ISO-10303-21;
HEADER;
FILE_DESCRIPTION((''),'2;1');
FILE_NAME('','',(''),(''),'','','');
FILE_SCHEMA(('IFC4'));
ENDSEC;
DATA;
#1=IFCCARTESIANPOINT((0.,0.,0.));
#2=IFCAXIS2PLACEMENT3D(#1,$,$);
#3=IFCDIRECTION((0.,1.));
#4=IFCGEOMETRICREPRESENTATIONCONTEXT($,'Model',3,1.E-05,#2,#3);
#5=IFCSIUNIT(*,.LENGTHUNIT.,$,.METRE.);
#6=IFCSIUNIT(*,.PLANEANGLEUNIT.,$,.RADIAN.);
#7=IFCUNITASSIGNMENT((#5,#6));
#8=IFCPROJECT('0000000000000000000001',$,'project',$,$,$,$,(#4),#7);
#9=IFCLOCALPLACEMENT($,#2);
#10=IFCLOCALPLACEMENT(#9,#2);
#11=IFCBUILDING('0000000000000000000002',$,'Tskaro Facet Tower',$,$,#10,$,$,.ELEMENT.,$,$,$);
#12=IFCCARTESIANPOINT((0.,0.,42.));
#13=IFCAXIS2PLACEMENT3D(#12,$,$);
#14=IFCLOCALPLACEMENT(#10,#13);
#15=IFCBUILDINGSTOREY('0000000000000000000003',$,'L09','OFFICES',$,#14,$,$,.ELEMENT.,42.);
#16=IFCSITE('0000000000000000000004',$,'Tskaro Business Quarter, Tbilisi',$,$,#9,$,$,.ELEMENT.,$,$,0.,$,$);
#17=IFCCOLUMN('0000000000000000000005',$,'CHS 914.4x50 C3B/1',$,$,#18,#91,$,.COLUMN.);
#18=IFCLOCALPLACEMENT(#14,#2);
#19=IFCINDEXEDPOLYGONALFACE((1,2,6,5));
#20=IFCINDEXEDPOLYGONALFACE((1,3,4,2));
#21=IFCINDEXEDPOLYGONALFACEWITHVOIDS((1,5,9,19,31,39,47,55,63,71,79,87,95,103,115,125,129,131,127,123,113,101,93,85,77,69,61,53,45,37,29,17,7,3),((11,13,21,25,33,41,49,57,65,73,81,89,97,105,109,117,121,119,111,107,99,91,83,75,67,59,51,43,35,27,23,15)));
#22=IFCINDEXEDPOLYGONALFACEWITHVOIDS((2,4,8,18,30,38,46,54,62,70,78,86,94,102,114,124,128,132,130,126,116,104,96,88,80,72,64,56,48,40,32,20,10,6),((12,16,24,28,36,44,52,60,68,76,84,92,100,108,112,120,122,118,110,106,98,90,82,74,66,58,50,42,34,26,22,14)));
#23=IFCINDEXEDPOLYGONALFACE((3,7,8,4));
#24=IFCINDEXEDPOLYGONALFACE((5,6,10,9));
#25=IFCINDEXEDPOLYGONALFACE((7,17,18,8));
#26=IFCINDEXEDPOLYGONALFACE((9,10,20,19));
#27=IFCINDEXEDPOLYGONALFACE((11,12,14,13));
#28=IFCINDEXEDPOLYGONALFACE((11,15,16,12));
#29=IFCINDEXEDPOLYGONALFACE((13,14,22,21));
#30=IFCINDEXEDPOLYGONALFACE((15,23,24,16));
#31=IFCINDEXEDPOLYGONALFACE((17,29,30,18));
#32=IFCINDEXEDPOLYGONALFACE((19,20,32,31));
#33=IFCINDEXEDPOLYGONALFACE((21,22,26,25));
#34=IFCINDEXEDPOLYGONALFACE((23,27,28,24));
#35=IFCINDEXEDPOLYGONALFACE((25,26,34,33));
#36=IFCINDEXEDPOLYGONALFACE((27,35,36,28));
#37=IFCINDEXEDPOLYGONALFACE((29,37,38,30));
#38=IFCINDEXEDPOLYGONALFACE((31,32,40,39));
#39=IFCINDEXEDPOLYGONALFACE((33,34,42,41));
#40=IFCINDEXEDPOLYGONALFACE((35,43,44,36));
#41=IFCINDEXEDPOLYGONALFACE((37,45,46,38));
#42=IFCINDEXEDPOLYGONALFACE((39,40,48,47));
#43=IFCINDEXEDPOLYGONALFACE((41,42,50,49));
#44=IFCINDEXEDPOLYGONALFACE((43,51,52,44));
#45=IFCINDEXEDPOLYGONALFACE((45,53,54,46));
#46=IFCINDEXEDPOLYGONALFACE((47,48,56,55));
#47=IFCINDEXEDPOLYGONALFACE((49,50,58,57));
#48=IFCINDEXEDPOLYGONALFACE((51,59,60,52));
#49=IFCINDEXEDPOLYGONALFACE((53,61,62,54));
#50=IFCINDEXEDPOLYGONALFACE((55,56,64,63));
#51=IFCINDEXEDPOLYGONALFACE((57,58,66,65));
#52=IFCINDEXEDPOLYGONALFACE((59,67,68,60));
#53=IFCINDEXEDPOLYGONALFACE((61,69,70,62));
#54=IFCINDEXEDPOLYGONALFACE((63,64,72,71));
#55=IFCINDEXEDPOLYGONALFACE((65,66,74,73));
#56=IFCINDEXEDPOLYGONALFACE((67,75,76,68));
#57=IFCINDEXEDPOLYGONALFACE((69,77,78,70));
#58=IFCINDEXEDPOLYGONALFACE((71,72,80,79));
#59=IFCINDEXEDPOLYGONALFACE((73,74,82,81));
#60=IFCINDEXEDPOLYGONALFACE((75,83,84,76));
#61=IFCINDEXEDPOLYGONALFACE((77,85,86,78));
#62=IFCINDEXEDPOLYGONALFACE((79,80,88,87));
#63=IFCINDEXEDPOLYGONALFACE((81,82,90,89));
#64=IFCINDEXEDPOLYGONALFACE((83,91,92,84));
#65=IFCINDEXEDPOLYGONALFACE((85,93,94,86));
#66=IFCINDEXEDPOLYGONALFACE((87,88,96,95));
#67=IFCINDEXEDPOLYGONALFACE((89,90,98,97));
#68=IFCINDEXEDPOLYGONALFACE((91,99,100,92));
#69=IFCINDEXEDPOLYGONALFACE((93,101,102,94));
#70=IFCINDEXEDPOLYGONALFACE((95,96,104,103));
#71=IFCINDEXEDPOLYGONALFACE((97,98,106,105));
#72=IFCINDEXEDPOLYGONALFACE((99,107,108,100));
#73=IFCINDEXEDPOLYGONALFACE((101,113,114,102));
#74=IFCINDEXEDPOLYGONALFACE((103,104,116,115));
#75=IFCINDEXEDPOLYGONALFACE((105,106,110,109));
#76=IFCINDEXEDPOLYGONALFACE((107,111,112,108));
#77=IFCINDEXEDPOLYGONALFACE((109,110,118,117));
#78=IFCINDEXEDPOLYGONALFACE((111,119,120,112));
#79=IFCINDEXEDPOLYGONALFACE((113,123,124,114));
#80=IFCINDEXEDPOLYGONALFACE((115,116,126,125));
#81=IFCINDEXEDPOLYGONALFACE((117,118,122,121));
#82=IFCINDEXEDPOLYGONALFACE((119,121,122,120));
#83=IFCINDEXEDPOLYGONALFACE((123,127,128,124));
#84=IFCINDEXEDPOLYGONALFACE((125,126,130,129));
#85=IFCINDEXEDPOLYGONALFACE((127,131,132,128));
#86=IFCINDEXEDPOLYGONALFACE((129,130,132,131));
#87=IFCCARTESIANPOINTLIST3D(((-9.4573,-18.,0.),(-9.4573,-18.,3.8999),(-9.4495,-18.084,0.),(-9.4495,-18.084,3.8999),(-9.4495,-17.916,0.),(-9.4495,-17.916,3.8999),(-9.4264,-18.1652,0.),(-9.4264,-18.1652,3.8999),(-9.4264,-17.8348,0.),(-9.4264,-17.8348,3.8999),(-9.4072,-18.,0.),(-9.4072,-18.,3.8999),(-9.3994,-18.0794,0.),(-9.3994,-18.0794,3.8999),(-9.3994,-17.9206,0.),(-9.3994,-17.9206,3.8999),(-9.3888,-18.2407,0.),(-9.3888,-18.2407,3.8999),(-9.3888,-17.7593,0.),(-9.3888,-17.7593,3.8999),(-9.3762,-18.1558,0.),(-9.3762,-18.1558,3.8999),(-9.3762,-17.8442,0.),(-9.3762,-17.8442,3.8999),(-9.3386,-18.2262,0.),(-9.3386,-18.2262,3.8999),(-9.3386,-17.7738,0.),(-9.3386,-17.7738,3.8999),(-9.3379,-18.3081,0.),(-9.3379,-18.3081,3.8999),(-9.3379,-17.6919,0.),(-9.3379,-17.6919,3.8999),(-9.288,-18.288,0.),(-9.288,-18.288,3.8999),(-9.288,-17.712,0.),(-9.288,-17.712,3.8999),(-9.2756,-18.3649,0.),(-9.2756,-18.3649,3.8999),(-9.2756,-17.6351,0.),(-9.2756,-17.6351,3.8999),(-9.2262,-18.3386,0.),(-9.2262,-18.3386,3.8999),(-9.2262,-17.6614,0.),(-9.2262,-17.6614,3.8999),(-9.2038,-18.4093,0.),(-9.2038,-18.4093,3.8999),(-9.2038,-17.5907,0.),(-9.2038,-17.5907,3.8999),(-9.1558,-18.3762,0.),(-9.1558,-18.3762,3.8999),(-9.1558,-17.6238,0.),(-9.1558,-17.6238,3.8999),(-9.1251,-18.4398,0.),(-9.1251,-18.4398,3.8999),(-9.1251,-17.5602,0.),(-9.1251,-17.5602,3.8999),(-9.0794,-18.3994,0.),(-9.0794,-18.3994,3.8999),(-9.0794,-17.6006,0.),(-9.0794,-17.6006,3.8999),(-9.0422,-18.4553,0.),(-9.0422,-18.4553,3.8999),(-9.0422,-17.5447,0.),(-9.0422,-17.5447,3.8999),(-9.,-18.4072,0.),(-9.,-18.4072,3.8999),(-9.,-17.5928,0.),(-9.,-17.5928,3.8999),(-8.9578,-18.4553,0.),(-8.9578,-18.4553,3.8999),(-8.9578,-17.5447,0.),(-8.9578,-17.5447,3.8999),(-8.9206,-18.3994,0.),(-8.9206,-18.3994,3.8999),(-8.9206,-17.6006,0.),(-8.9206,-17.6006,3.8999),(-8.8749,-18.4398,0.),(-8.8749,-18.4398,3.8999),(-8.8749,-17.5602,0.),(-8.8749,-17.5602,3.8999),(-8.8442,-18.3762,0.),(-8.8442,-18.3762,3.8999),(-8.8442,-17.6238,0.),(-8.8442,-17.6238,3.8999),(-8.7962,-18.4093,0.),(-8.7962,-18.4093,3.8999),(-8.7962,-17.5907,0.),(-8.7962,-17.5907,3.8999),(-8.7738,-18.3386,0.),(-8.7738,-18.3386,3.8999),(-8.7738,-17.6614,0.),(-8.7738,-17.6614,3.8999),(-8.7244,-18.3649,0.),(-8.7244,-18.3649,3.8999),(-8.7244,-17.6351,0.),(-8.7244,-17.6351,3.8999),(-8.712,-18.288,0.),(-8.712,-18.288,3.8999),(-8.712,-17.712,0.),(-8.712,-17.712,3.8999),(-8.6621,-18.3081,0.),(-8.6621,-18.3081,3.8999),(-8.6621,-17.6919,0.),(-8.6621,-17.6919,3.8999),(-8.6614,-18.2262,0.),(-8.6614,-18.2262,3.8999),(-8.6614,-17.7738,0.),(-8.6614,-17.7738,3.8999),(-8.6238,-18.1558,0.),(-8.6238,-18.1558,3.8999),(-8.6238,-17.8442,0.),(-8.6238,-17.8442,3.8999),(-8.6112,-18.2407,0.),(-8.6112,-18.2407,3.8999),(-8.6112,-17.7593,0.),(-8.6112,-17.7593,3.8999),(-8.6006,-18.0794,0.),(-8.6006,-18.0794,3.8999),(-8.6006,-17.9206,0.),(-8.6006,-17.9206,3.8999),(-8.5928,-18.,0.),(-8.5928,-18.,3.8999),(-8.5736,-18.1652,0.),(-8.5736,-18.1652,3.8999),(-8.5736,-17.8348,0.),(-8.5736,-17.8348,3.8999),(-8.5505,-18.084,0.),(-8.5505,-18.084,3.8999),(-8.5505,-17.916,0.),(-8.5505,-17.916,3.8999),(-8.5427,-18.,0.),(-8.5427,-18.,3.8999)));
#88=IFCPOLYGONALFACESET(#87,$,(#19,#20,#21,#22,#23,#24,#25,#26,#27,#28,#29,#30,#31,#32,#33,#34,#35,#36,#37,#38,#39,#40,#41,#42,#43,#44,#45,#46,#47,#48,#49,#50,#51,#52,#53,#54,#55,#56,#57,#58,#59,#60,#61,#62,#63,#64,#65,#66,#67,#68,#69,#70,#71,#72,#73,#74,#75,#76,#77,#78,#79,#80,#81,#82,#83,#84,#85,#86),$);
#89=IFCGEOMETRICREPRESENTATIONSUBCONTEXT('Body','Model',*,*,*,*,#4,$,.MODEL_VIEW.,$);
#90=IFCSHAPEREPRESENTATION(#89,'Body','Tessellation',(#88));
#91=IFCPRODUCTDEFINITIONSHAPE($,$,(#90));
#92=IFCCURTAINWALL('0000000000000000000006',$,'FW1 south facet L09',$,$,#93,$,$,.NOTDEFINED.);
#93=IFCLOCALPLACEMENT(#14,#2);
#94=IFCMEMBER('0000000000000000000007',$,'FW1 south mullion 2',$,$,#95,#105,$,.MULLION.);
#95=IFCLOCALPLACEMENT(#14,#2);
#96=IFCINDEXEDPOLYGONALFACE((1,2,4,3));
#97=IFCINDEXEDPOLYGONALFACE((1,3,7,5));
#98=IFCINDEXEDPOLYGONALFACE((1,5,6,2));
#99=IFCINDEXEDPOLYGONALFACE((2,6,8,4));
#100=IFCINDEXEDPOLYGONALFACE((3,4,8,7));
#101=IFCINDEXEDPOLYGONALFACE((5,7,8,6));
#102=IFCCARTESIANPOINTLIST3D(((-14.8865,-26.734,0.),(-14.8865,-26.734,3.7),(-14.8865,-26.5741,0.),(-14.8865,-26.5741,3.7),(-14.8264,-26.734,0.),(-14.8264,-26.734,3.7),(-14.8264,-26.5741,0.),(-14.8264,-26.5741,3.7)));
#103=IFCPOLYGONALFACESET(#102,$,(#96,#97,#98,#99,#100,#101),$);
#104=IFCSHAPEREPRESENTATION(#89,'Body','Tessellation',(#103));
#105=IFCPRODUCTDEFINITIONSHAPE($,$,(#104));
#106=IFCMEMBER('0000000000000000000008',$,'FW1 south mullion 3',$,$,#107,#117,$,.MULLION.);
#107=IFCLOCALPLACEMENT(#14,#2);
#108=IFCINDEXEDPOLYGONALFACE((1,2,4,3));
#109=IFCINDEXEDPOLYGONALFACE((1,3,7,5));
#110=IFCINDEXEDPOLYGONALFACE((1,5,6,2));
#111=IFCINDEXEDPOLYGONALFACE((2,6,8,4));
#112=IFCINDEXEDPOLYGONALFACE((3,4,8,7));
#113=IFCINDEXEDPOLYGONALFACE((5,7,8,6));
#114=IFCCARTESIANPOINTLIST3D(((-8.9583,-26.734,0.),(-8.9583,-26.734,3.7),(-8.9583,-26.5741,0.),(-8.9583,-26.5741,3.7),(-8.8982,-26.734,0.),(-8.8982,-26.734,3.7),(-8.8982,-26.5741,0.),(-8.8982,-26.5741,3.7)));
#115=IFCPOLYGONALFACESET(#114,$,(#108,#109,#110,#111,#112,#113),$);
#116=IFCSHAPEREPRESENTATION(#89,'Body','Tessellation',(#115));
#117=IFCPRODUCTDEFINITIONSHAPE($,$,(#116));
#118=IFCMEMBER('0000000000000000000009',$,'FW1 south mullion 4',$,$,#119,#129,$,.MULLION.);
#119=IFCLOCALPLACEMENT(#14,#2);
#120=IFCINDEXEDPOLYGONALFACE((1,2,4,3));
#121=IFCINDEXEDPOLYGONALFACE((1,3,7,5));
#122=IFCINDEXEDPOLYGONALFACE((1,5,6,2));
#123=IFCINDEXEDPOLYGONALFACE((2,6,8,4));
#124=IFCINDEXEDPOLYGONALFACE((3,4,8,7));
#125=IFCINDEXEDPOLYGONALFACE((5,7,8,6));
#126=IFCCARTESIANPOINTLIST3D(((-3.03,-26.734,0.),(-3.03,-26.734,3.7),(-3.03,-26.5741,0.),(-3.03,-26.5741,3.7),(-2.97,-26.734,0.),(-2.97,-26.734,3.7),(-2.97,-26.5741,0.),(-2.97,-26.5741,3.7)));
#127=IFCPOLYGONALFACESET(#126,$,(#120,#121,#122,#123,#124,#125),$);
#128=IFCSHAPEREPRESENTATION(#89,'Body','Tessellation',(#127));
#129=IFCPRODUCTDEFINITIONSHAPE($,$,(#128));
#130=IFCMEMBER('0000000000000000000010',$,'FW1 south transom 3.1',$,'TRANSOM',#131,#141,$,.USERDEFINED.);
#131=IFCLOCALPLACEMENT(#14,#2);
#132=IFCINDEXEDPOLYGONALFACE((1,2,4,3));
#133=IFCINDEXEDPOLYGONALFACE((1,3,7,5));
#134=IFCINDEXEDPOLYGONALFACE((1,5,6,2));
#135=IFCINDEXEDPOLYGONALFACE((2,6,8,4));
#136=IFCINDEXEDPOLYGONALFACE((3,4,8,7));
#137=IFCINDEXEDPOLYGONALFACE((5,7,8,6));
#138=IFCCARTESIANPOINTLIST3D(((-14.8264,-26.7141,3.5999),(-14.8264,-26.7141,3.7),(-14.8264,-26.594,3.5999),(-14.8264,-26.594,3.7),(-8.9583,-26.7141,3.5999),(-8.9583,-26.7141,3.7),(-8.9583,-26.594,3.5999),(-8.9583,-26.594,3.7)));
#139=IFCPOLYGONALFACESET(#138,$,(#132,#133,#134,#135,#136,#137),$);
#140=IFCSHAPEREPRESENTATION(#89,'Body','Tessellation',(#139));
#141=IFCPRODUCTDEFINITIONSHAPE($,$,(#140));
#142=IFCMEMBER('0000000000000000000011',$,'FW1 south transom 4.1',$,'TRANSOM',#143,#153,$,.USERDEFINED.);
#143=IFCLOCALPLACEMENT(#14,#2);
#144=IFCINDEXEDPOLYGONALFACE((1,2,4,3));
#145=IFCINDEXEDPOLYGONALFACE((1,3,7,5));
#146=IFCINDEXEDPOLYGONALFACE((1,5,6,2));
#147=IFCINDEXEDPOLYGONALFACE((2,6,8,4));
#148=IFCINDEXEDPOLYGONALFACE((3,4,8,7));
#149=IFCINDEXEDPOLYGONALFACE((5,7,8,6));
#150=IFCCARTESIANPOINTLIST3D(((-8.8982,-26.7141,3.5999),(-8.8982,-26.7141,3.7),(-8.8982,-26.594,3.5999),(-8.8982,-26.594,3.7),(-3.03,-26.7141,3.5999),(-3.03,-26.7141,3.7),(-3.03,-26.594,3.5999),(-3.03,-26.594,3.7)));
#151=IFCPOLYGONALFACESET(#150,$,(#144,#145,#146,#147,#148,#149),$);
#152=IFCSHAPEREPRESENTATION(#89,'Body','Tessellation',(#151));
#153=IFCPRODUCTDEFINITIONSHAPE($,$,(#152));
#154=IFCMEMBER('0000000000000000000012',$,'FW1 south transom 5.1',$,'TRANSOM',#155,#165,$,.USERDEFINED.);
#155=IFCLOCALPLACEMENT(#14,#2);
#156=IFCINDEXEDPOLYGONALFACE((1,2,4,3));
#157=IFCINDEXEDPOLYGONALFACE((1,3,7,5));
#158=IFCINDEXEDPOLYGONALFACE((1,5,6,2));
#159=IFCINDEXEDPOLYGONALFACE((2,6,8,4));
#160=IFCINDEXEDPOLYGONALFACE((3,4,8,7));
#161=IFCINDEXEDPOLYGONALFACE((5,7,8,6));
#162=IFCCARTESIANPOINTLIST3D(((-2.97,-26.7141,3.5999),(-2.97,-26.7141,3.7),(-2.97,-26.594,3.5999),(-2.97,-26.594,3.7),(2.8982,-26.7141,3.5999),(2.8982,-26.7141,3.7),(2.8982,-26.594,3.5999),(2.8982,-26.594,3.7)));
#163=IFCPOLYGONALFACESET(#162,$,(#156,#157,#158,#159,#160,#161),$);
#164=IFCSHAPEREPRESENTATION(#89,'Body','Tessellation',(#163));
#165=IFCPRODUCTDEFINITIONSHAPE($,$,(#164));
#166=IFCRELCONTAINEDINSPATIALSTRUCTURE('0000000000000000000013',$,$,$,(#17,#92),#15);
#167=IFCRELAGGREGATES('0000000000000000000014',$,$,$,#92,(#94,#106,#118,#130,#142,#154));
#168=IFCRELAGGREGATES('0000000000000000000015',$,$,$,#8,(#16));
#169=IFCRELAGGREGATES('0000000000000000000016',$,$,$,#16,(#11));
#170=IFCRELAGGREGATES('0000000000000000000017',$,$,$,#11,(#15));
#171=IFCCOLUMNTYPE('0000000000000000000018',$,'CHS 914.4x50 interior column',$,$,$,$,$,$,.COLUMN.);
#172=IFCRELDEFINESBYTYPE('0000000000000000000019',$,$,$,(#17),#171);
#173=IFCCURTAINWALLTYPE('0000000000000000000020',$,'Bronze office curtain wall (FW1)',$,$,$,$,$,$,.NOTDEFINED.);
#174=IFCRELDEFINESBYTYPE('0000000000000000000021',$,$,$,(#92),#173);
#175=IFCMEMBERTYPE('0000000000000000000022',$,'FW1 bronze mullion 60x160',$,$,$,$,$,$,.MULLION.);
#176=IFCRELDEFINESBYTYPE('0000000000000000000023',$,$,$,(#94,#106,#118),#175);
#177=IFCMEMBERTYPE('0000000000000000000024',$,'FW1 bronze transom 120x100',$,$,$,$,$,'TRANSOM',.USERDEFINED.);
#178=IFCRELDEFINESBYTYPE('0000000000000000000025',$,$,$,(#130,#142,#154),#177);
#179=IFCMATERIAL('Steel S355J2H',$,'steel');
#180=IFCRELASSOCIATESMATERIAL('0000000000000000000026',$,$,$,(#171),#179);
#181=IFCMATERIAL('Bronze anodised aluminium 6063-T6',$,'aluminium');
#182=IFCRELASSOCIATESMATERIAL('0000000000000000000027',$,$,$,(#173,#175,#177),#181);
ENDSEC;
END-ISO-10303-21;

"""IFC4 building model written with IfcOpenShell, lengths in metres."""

from ifc_helpers import new_model, si_unit, direction, frame, origin, origin_2d, place, context, subcontext, project, spatial, rectangle, hollow_circle, extrude, material, material_profile, profile_set, type_object, element, aggregate, save


model = new_model("IFC4")

# Units and contexts
model_context = context("Model", 3, precision=1e-05, world=origin(), true_north=direction((0.0, 1.0)))
body_context = subcontext(model_context, "Body", "Model", "MODEL_VIEW")
ifc_project = project(units=[si_unit("LENGTHUNIT", "METRE"), si_unit("PLANEANGLEUNIT", "RADIAN")], contexts=[model_context])

# Site, building, storey
site_placement = place(None, origin())
site = spatial("IfcSite", under=ifc_project, at=site_placement, Name="Tskaro Business Quarter, Tbilisi", CompositionType="ELEMENT", RefElevation=0.0)
building_placement = place(site_placement, origin())
building = spatial("IfcBuilding", under=site, at=building_placement, Name="Tskaro Facet Tower", CompositionType="ELEMENT")
storey_placement = place(building_placement, frame((0.0, 0.0, 42.0)))
storey = spatial("IfcBuildingStorey", under=building, at=storey_placement, Name="L09", Description="OFFICES", CompositionType="ELEMENT", Elevation=42.0)

# Column
ifc_material_1 = material(Name="Steel S355J2H", Category="steel")
ifc_material_profile_1 = material_profile(ifc_material_1, hollow_circle(Radius=0.4573, WallThickness=0.05, at=origin_2d()), Name="CHS 914.4x50")
ifc_profile_set_1 = profile_set([ifc_material_profile_1], Name="Steel S355J2H")
column_type_1 = type_object("IfcColumnType", Name="CHS 914.4x50 interior column", PredefinedType="COLUMN", material=ifc_profile_set_1)
column_1_placement = place(storey_placement, frame((-9.0, -18.0, 0.0), z_axis=(0.0, 0.0, 1.0), x_axis=(1.0, 0.0, 0.0)))
element("IfcColumn", 1, at=column_1_placement, inside=storey, type_object=column_type_1, Name="CHS 914.4x50 C3B/1", PredefinedType="COLUMN", context=body_context, shape_type="SweptSolid", body=[
    extrude(hollow_circle(Radius=0.4573, WallThickness=0.05, at=origin_2d()), origin(), (0.0, 0.0, 1.0), 3.8999),
])

# Curtain wall, members
ifc_material_2 = material(Name="Bronze anodised aluminium 6063-T6", Category="aluminium")
curtain_wall_type = type_object("IfcCurtainWallType", Name="Bronze office curtain wall (FW1)", PredefinedType="NOTDEFINED", material=ifc_material_2)
curtain_wall_placement = place(storey_placement, origin())
curtain_wall = element("IfcCurtainWall", 2, at=curtain_wall_placement, inside=storey, type_object=curtain_wall_type, Name="FW1 south facet L09", PredefinedType="NOTDEFINED")
ifc_material_profile_2 = material_profile(ifc_material_2, rectangle(XDim=0.0601, YDim=0.1599, at=origin_2d()), Name="Mullion 60x160")
ifc_profile_set_2 = profile_set([ifc_material_profile_2], Name="Bronze anodised aluminium 6063-T6")
member_type_1 = type_object("IfcMemberType", Name="FW1 bronze mullion 60x160", PredefinedType="MULLION", material=ifc_profile_set_2)
member_1_placement = place(storey_placement, frame((-14.8564, -26.6541, 0.0), z_axis=(0.0, 0.0, 1.0), x_axis=(1.0, 0.0, 0.0)))
member_1 = element("IfcMember", 3, at=member_1_placement, type_object=member_type_1, Name="FW1 south mullion 2", PredefinedType="MULLION", context=body_context, shape_type="SweptSolid", body=[
    extrude(rectangle(XDim=0.0601, YDim=0.1599, at=origin_2d()), origin(), (0.0, 0.0, 1.0), 3.7),
])
member_2_placement = place(storey_placement, frame((-8.9282, -26.6541, 0.0), z_axis=(0.0, 0.0, 1.0), x_axis=(1.0, 0.0, 0.0)))
member_2 = element("IfcMember", 4, at=member_2_placement, type_object=member_type_1, Name="FW1 south mullion 3", PredefinedType="MULLION", context=body_context, shape_type="SweptSolid", body=[
    extrude(rectangle(XDim=0.0601, YDim=0.1599, at=origin_2d()), origin(), (0.0, 0.0, 1.0), 3.7),
])
member_3_placement = place(storey_placement, frame((-3.0, -26.6541, 0.0), z_axis=(0.0, 0.0, 1.0), x_axis=(1.0, 0.0, 0.0)))
member_3 = element("IfcMember", 5, at=member_3_placement, type_object=member_type_1, Name="FW1 south mullion 4", PredefinedType="MULLION", context=body_context, shape_type="SweptSolid", body=[
    extrude(rectangle(XDim=0.0601, YDim=0.1599, at=origin_2d()), origin(), (0.0, 0.0, 1.0), 3.7),
])
ifc_material_profile_3 = material_profile(ifc_material_2, rectangle(XDim=0.1201, YDim=0.1001, at=origin_2d()), Name="Transom 120x100")
ifc_profile_set_3 = profile_set([ifc_material_profile_3], Name="Bronze anodised aluminium 6063-T6")
member_type_2 = type_object("IfcMemberType", Name="FW1 bronze transom 120x100", ElementType="TRANSOM", PredefinedType="USERDEFINED", material=ifc_profile_set_3)
member_4_placement = place(storey_placement, frame((-14.8264, -26.6541, 3.6499), z_axis=(1.0, 0.0, 0.0), x_axis=(0.0, 1.0, 0.0)))
member_4 = element("IfcMember", 6, at=member_4_placement, type_object=member_type_2, Name="FW1 south transom 3.1", ObjectType="TRANSOM", PredefinedType="USERDEFINED", context=body_context, shape_type="SweptSolid", body=[
    extrude(rectangle(XDim=0.1201, YDim=0.1001, at=origin_2d()), origin(), (0.0, 0.0, 1.0), 5.8682),
])
member_5_placement = place(storey_placement, frame((-8.8982, -26.6541, 3.6499), z_axis=(1.0, 0.0, 0.0), x_axis=(0.0, 1.0, 0.0)))
member_5 = element("IfcMember", 7, at=member_5_placement, type_object=member_type_2, Name="FW1 south transom 4.1", ObjectType="TRANSOM", PredefinedType="USERDEFINED", context=body_context, shape_type="SweptSolid", body=[
    extrude(rectangle(XDim=0.1201, YDim=0.1001, at=origin_2d()), origin(), (0.0, 0.0, 1.0), 5.8682),
])
member_6_placement = place(storey_placement, frame((-2.97, -26.6541, 3.6499), z_axis=(1.0, 0.0, 0.0), x_axis=(0.0, 1.0, 0.0)))
member_6 = element("IfcMember", 8, at=member_6_placement, type_object=member_type_2, Name="FW1 south transom 5.1", ObjectType="TRANSOM", PredefinedType="USERDEFINED", context=body_context, shape_type="SweptSolid", body=[
    extrude(rectangle(XDim=0.1201, YDim=0.1001, at=origin_2d()), origin(), (0.0, 0.0, 1.0), 5.8682),
])

aggregate(curtain_wall, [member_1, member_2, member_3, member_4, member_5, member_6])

save(model, "model.ifc")
